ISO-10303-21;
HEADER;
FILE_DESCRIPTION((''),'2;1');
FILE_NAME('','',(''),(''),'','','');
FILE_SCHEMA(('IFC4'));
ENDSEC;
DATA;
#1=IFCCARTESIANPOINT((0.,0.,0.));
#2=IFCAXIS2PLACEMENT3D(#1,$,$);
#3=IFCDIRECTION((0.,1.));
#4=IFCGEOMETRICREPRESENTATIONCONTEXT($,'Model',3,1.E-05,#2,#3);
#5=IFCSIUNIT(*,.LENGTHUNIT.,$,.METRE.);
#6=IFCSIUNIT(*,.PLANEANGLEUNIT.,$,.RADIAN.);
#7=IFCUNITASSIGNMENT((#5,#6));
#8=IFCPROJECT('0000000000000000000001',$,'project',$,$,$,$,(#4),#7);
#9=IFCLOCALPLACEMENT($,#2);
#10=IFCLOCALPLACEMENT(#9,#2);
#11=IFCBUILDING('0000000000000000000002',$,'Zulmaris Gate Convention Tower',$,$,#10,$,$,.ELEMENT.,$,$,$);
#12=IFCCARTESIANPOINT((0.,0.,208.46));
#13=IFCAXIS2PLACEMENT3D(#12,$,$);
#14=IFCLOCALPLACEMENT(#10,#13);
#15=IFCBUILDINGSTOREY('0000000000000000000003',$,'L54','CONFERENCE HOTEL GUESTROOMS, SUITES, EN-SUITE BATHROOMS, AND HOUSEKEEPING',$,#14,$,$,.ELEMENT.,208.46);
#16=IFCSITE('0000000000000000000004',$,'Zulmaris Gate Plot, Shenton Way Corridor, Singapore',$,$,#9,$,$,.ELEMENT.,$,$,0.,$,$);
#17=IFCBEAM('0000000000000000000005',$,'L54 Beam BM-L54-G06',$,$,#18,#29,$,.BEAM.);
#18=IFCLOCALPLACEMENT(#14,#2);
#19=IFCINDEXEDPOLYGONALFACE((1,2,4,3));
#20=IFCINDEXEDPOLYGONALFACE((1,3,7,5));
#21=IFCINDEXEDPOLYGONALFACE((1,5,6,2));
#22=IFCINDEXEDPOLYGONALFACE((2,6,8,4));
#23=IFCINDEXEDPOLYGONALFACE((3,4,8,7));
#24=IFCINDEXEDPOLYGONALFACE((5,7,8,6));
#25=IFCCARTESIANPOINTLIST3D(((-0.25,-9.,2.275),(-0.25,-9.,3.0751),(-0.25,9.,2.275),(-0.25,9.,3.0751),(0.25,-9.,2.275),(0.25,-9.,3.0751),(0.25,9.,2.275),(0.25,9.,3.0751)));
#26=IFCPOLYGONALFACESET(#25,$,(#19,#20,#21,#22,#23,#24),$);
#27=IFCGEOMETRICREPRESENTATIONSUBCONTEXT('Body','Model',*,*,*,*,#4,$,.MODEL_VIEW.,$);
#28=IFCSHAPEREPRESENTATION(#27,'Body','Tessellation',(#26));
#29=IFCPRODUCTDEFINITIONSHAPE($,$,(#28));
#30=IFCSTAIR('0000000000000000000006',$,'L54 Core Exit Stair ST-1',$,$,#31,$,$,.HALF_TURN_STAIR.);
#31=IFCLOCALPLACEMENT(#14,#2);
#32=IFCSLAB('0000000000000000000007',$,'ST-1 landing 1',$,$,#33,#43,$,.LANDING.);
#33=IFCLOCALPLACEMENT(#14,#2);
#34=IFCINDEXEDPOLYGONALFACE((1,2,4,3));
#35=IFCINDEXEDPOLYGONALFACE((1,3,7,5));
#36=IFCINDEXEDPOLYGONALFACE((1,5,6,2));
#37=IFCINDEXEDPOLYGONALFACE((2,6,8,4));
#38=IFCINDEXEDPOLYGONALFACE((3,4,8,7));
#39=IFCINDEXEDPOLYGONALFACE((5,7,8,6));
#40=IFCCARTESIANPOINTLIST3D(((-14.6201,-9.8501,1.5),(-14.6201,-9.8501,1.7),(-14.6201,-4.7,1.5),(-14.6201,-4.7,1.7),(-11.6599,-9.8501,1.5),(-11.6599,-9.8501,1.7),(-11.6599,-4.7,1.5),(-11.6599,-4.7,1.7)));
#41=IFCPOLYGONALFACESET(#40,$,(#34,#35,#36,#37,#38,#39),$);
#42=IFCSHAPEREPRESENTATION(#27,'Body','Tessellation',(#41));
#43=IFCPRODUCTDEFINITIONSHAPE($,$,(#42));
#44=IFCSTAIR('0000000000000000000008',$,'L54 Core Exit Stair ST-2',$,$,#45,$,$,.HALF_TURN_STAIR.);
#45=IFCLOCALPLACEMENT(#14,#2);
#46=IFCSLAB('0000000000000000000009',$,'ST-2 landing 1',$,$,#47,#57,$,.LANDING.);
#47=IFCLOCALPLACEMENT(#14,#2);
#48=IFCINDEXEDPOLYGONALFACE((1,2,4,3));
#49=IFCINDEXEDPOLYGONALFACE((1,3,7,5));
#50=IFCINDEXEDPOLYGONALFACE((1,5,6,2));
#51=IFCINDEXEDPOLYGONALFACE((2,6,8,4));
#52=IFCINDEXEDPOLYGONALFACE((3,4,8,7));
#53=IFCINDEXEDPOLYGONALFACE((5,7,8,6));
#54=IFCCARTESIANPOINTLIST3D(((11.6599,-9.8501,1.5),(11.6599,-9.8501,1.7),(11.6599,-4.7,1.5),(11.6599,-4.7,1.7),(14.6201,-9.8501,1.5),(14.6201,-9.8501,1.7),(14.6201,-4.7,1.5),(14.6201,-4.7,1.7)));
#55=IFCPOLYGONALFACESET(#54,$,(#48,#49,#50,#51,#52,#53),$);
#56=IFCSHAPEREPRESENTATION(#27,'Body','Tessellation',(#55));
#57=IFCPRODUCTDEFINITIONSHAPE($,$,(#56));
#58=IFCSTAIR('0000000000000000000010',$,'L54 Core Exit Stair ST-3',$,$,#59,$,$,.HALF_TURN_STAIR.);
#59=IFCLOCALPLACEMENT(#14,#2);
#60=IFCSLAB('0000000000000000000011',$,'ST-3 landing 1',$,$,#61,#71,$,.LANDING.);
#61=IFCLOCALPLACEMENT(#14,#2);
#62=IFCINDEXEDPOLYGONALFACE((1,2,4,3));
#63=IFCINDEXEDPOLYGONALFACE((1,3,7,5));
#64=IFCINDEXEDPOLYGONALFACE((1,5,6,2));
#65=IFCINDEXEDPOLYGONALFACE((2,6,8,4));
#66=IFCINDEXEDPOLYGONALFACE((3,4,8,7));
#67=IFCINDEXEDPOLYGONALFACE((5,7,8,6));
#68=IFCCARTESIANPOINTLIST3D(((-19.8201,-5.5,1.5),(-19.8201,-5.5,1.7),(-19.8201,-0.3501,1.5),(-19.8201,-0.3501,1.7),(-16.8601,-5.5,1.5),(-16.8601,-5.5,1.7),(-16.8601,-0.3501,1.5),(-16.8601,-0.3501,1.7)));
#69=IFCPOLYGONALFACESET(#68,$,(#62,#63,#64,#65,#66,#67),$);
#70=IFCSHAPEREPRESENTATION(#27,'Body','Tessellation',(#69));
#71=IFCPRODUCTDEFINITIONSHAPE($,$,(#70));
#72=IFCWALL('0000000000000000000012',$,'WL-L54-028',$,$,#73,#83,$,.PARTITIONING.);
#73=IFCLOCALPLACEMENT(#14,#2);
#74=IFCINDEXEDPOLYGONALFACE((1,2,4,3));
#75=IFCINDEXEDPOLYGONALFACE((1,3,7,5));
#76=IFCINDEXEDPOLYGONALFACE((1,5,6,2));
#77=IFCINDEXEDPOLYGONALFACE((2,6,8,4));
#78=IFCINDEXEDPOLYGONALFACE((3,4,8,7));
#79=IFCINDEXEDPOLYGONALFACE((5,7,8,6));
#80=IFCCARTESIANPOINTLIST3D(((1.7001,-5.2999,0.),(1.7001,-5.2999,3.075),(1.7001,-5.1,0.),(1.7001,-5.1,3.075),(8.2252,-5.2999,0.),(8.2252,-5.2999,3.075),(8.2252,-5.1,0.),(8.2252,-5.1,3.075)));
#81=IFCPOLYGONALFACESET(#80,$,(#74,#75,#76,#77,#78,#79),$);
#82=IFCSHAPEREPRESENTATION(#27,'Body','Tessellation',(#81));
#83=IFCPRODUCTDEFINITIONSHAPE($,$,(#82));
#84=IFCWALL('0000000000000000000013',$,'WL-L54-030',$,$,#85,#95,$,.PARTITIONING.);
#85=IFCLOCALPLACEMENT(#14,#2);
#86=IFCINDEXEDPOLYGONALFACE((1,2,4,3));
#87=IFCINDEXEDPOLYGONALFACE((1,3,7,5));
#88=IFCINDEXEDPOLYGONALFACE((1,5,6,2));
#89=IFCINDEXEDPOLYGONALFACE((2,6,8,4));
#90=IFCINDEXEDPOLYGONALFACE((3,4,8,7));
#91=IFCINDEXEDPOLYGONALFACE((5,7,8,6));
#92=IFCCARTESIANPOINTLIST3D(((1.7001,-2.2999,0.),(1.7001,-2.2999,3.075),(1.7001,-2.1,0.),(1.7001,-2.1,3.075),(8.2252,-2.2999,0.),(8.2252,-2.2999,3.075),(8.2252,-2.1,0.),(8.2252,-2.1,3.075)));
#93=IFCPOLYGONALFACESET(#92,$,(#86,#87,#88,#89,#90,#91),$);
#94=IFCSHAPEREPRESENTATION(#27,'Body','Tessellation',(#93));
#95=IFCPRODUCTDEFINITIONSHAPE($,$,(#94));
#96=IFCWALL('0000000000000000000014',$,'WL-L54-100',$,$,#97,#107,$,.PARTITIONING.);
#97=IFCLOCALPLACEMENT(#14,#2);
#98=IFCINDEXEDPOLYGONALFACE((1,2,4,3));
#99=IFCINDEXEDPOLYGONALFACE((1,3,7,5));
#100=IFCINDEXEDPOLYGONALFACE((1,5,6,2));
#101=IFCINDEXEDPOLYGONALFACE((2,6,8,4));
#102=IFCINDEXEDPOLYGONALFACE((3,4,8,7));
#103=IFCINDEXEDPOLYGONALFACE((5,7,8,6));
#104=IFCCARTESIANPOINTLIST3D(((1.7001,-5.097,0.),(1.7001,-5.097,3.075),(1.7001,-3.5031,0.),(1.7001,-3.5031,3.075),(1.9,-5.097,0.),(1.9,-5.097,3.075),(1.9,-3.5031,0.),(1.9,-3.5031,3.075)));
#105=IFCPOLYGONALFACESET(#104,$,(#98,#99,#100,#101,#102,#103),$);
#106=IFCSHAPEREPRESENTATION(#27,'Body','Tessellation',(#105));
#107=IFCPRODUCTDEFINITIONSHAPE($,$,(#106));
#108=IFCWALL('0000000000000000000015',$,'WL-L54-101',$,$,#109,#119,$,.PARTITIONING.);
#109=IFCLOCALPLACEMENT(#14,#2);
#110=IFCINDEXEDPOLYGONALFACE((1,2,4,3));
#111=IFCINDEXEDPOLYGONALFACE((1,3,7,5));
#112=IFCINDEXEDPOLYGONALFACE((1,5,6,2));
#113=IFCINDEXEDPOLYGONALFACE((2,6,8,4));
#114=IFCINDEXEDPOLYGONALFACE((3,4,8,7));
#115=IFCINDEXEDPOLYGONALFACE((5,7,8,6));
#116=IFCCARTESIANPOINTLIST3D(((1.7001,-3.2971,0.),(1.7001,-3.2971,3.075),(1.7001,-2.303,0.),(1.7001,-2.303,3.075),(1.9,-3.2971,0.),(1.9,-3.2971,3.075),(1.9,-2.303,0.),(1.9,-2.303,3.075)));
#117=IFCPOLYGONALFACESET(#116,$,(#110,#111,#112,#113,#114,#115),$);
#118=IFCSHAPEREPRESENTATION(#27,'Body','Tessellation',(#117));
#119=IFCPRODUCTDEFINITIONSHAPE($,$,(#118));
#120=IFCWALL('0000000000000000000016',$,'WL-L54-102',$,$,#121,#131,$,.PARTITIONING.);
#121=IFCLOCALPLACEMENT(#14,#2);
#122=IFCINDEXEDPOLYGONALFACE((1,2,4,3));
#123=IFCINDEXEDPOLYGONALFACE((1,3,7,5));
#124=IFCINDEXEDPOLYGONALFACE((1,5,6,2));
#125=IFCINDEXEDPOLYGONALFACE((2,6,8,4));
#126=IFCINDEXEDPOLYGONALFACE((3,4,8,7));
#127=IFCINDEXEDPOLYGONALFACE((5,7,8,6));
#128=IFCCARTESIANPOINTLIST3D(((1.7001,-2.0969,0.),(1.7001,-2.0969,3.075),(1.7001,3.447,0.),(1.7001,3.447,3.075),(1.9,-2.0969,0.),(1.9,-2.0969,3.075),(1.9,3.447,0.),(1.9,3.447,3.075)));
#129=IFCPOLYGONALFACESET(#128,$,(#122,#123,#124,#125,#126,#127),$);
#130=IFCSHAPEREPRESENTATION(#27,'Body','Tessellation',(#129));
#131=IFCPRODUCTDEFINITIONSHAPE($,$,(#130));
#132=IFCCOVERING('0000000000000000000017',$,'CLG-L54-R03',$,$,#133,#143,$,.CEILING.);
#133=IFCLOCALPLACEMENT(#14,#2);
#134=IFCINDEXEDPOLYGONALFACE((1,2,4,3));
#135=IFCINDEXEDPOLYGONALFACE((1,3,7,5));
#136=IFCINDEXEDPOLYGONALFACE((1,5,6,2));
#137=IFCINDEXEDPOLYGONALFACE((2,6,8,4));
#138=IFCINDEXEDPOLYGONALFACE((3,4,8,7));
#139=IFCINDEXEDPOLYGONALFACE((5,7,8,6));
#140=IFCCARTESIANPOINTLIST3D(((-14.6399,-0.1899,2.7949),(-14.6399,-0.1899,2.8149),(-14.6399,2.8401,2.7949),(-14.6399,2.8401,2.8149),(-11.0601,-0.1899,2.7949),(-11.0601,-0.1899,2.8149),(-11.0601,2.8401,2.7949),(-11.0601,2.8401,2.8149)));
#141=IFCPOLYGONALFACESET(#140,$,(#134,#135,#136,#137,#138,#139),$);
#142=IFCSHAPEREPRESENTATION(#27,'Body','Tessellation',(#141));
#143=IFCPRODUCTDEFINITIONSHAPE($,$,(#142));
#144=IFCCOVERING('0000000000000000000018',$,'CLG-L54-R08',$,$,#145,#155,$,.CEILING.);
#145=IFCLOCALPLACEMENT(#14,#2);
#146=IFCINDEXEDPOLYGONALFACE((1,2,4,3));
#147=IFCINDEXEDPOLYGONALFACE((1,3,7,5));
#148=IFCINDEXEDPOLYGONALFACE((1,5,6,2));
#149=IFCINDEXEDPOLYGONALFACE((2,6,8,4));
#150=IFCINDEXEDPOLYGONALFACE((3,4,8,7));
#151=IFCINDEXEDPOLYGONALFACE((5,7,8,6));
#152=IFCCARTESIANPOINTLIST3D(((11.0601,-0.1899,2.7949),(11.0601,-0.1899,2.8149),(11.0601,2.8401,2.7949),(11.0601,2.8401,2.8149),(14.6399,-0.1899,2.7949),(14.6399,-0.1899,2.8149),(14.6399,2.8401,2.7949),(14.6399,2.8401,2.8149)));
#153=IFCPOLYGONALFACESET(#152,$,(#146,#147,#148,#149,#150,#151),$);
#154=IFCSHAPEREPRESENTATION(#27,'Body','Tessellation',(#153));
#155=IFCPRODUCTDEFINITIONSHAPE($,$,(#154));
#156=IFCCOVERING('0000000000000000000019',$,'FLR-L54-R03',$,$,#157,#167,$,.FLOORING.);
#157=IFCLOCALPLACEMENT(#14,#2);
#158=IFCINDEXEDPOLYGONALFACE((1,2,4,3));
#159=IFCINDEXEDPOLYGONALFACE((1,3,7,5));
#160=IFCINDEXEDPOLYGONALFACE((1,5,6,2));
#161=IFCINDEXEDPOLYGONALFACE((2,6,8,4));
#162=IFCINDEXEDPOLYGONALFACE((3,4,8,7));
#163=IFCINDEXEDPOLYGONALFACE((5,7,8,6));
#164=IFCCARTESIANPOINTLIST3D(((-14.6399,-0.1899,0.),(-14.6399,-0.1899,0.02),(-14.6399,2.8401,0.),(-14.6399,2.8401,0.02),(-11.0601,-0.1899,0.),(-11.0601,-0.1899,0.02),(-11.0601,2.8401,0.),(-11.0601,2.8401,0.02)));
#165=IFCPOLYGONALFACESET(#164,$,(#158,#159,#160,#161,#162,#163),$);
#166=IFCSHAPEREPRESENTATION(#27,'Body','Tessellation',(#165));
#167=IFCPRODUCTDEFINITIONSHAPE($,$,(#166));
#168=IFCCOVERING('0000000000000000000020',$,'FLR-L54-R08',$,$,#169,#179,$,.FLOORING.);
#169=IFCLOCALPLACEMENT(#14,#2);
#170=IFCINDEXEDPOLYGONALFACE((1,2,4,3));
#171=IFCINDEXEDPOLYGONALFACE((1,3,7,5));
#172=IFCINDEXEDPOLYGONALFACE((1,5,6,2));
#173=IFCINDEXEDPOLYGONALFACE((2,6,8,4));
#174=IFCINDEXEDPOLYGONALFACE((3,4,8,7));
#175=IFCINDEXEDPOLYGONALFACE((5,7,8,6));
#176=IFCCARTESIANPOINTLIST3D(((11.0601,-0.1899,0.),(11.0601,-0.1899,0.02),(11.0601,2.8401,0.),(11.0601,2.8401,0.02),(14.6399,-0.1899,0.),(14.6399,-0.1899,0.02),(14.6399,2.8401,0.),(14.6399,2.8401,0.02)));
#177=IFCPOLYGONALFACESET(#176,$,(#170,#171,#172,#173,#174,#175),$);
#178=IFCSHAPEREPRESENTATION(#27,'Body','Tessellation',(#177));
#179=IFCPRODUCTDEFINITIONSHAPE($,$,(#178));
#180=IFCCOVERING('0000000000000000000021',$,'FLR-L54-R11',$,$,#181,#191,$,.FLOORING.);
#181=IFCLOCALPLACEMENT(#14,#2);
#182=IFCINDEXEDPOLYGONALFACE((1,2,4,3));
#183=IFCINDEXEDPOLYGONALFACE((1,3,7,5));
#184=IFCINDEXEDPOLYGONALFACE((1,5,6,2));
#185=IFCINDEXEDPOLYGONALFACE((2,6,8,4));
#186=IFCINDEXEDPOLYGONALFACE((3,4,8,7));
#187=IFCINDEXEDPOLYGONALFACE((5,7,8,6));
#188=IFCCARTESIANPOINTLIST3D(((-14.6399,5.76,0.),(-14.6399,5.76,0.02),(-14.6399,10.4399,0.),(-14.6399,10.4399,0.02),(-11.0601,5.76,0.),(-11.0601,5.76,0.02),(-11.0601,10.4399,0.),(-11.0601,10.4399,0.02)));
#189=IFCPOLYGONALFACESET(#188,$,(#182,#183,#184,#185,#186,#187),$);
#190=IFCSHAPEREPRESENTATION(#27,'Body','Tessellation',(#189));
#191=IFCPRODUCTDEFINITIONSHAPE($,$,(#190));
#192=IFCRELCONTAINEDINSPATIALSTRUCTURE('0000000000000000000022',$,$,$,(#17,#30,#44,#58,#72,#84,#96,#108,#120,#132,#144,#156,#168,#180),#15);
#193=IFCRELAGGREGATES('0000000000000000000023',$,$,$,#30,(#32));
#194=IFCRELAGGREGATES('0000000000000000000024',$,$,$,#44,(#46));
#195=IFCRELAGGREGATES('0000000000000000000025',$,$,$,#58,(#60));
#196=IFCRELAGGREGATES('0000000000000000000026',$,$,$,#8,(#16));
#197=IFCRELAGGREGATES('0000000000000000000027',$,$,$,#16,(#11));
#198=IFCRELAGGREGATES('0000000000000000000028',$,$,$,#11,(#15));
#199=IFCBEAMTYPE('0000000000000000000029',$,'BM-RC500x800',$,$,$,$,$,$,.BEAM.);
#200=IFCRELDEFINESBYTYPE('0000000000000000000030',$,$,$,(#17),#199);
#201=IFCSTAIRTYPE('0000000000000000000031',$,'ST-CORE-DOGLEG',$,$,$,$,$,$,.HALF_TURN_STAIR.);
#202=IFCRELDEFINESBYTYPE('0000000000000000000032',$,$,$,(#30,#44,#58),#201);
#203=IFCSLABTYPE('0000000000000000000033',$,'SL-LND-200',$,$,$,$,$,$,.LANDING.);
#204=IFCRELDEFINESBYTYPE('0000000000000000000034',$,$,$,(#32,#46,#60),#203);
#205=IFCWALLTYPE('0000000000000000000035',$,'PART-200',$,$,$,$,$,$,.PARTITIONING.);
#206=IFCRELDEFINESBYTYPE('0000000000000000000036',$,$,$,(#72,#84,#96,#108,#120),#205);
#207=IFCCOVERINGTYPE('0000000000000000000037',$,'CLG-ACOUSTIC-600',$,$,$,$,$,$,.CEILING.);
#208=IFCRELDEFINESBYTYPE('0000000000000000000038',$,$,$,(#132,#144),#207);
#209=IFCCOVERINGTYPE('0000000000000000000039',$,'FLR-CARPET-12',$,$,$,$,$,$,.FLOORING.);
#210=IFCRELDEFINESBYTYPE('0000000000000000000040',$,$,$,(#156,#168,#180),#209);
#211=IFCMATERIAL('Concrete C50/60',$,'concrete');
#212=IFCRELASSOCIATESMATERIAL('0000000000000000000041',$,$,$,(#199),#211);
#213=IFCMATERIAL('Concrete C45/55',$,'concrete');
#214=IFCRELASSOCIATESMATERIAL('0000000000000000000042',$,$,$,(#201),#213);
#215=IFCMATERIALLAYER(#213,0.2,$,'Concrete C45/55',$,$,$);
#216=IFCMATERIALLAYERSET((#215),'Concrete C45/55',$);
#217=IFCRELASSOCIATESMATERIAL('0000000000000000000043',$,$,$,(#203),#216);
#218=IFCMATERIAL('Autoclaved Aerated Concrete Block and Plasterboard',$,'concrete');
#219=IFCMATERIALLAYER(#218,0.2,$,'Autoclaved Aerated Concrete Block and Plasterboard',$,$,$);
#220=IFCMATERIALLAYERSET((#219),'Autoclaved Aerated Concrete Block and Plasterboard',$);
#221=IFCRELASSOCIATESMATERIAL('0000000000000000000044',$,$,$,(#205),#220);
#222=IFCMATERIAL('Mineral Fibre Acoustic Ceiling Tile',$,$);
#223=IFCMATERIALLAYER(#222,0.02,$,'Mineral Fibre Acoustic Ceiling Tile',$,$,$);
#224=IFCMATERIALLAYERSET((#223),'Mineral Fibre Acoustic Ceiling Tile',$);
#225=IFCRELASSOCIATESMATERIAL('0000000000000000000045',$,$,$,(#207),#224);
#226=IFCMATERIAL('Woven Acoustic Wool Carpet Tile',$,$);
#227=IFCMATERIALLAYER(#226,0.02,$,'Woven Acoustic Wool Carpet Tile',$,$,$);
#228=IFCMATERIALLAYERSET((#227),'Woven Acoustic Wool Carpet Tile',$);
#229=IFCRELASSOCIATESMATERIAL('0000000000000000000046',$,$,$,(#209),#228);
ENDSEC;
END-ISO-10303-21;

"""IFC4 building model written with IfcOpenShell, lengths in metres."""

from ifc_helpers import new_model, si_unit, direction, frame, frame_2d, origin, origin_2d, place, context, subcontext, project, spatial, polyline, rectangle, outline, extrude, material, layer, layer_set, material_profile, profile_set, type_object, element, aggregate, save


model = new_model("IFC4")

# Units and contexts
model_context = context("Model", 3, precision=1e-05, world=origin(), true_north=direction((0.0, 1.0)))
body_context = subcontext(model_context, "Body", "Model", "MODEL_VIEW")
ifc_project = project(units=[si_unit("LENGTHUNIT", "METRE"), si_unit("PLANEANGLEUNIT", "RADIAN")], contexts=[model_context])

# Site, building, storey
site_placement = place(None, origin())
site = spatial("IfcSite", under=ifc_project, at=site_placement, Name="Zulmaris Gate Plot, Shenton Way Corridor, Singapore", CompositionType="ELEMENT", RefElevation=0.0)
building_placement = place(site_placement, origin())
building = spatial("IfcBuilding", under=site, at=building_placement, Name="Zulmaris Gate Convention Tower", CompositionType="ELEMENT")
storey_placement = place(building_placement, frame((0.0, 0.0, 208.46)))
storey = spatial("IfcBuildingStorey", under=building, at=storey_placement, Name="L54", Description="CONFERENCE HOTEL GUESTROOMS, SUITES, EN-SUITE BATHROOMS, AND HOUSEKEEPING", CompositionType="ELEMENT", Elevation=208.46)

# Beam
ifc_material_1 = material(Name="Concrete C50/60", Category="concrete")
ifc_material_profile = material_profile(ifc_material_1, rectangle(XDim=0.5, YDim=0.8, at=origin_2d()), Name="RC BEAM 500x800")
ifc_profile_set = profile_set([ifc_material_profile], Name="Concrete C50/60")
beam_type = type_object("IfcBeamType", Name="BM-RC500x800", PredefinedType="BEAM", material=ifc_profile_set)
beam_placement = place(storey_placement, frame((0.0, -9.0, 2.675), z_axis=(0.0, 1.0, 0.0), x_axis=(-1.0, 0.0, 0.0)))
element("IfcBeam", 1, at=beam_placement, inside=storey, type_object=beam_type, Name="L54 Beam BM-L54-G06", PredefinedType="BEAM", context=body_context, shape_type="SweptSolid", body=[
    extrude(rectangle(XDim=0.5, YDim=0.8, at=origin_2d()), origin(), (0.0, 0.0, 1.0), 18.0),
])

# Stairs, slabs
ifc_material_2 = material(Name="Concrete C45/55", Category="concrete")
stair_type = type_object("IfcStairType", Name="ST-CORE-DOGLEG", PredefinedType="HALF_TURN_STAIR", material=ifc_material_2)
stair_1_placement = place(storey_placement, origin())
stair_1 = element("IfcStair", 2, at=stair_1_placement, inside=storey, type_object=stair_type, Name="L54 Core Exit Stair ST-1", PredefinedType="HALF_TURN_STAIR")
ifc_layer_1 = layer(ifc_material_2, 0.2, Name="Concrete C45/55")
ifc_layer_set_1 = layer_set([ifc_layer_1], Name="Concrete C45/55")
slab_type = type_object("IfcSlabType", Name="SL-LND-200", PredefinedType="LANDING", material=ifc_layer_set_1)
slab_1_placement = place(storey_placement, frame((0.0, 0.0, 1.5)))
slab_1 = element("IfcSlab", 3, at=slab_1_placement, type_object=slab_type, Name="ST-1 landing 1", PredefinedType="LANDING", context=body_context, shape_type="SweptSolid", body=[
    extrude(outline(polyline([(-14.6201, -4.7), (-14.6201, -9.8501), (-11.6599, -9.8501), (-11.6599, -4.7), (-14.6201, -4.7)])), origin(), (0.0, 0.0, 1.0), 0.2),
])
aggregate(stair_1, [slab_1])
stair_2_placement = place(storey_placement, origin())
stair_2 = element("IfcStair", 4, at=stair_2_placement, inside=storey, type_object=stair_type, Name="L54 Core Exit Stair ST-2", PredefinedType="HALF_TURN_STAIR")
slab_2_placement = place(storey_placement, frame((0.0, 0.0, 1.5)))
slab_2 = element("IfcSlab", 5, at=slab_2_placement, type_object=slab_type, Name="ST-2 landing 1", PredefinedType="LANDING", context=body_context, shape_type="SweptSolid", body=[
    extrude(outline(polyline([(11.6599, -4.7), (11.6599, -9.8501), (14.6201, -9.8501), (14.6201, -4.7), (11.6599, -4.7)])), origin(), (0.0, 0.0, 1.0), 0.2),
])
aggregate(stair_2, [slab_2])
stair_3_placement = place(storey_placement, origin())
stair_3 = element("IfcStair", 6, at=stair_3_placement, inside=storey, type_object=stair_type, Name="L54 Core Exit Stair ST-3", PredefinedType="HALF_TURN_STAIR")
slab_3_placement = place(storey_placement, frame((0.0, 0.0, 1.5)))
slab_3 = element("IfcSlab", 7, at=slab_3_placement, type_object=slab_type, Name="ST-3 landing 1", PredefinedType="LANDING", context=body_context, shape_type="SweptSolid", body=[
    extrude(outline(polyline([(-16.8601, -5.5), (-16.8601, -0.3501), (-19.8201, -0.3501), (-19.8201, -5.5), (-16.8601, -5.5)])), origin(), (0.0, 0.0, 1.0), 0.2),
])
aggregate(stair_3, [slab_3])

# Walls
ifc_material_3 = material(Name="Autoclaved Aerated Concrete Block and Plasterboard", Category="concrete")
ifc_layer_2 = layer(ifc_material_3, 0.2, Name="Autoclaved Aerated Concrete Block and Plasterboard")
ifc_layer_set_2 = layer_set([ifc_layer_2], Name="Autoclaved Aerated Concrete Block and Plasterboard")
wall_type = type_object("IfcWallType", Name="PART-200", PredefinedType="PARTITIONING", material=ifc_layer_set_2)
for number, where, z_axis, x_axis, name in (
    (8, (1.7, -5.2, 0.0), (0.0, 0.0, 1.0), (1.0, 0.0, 0.0), "WL-L54-028"),
    (9, (1.7, -2.2, 0.0), (0.0, 0.0, 1.0), (1.0, 0.0, 0.0), "WL-L54-030"),
):
    element("IfcWall", number, at=place(storey_placement, frame(where, z_axis=z_axis, x_axis=x_axis)), inside=storey, type_object=wall_type, Name=name, PredefinedType="PARTITIONING", context=body_context, shape_type="SweptSolid", body=[
        extrude(rectangle(XDim=6.5251, YDim=0.2, at=frame_2d((3.2627, 0.0))), origin(), (0.0, 0.0, 1.0), 3.075),
    ])
wall_1_placement = place(storey_placement, frame((1.8, -5.0969, 0.0), z_axis=(0.0, 0.0, 1.0), x_axis=(0.0, 1.0, 0.0)))
element("IfcWall", 10, at=wall_1_placement, inside=storey, type_object=wall_type, Name="WL-L54-100", PredefinedType="PARTITIONING", context=body_context, shape_type="SweptSolid", body=[
    extrude(rectangle(XDim=1.594, YDim=0.2, at=frame_2d((0.7969, 0.0))), origin(), (0.0, 0.0, 1.0), 3.075),
])
wall_2_placement = place(storey_placement, frame((1.8, -3.2971, 0.0), z_axis=(0.0, 0.0, 1.0), x_axis=(0.0, 1.0, 0.0)))
element("IfcWall", 11, at=wall_2_placement, inside=storey, type_object=wall_type, Name="WL-L54-101", PredefinedType="PARTITIONING", context=body_context, shape_type="SweptSolid", body=[
    extrude(rectangle(XDim=0.9941, YDim=0.2, at=frame_2d((0.4971, 0.0))), origin(), (0.0, 0.0, 1.0), 3.075),
])
wall_3_placement = place(storey_placement, frame((1.8, -2.0969, 0.0), z_axis=(0.0, 0.0, 1.0), x_axis=(0.0, 1.0, 0.0)))
element("IfcWall", 12, at=wall_3_placement, inside=storey, type_object=wall_type, Name="WL-L54-102", PredefinedType="PARTITIONING", context=body_context, shape_type="SweptSolid", body=[
    extrude(rectangle(XDim=5.5439, YDim=0.2, at=frame_2d((2.772, 0.0))), origin(), (0.0, 0.0, 1.0), 3.075),
])

# Coverings
ifc_material_4 = material(Name="Mineral Fibre Acoustic Ceiling Tile")
ifc_layer_3 = layer(ifc_material_4, 0.02, Name="Mineral Fibre Acoustic Ceiling Tile")
ifc_layer_set_3 = layer_set([ifc_layer_3], Name="Mineral Fibre Acoustic Ceiling Tile")
covering_type_1 = type_object("IfcCoveringType", Name="CLG-ACOUSTIC-600", PredefinedType="CEILING", material=ifc_layer_set_3)
covering_1_placement = place(storey_placement, frame((0.0, 0.0, 2.7949)))
element("IfcCovering", 13, at=covering_1_placement, inside=storey, type_object=covering_type_1, Name="CLG-L54-R03", PredefinedType="CEILING", context=body_context, shape_type="SweptSolid", body=[
    extrude(outline(polyline([(-14.6399, -0.1899), (-11.0601, -0.1899), (-11.0601, 2.8401), (-14.6399, 2.8401), (-14.6399, -0.1899)])), origin(), (0.0, 0.0, 1.0), 0.02),
])
covering_2_placement = place(storey_placement, frame((0.0, 0.0, 2.7949)))
element("IfcCovering", 14, at=covering_2_placement, inside=storey, type_object=covering_type_1, Name="CLG-L54-R08", PredefinedType="CEILING", context=body_context, shape_type="SweptSolid", body=[
    extrude(outline(polyline([(11.0601, -0.1899), (14.6399, -0.1899), (14.6399, 2.8401), (11.0601, 2.8401), (11.0601, -0.1899)])), origin(), (0.0, 0.0, 1.0), 0.02),
])
ifc_material_5 = material(Name="Woven Acoustic Wool Carpet Tile")
ifc_layer_4 = layer(ifc_material_5, 0.02, Name="Woven Acoustic Wool Carpet Tile")
ifc_layer_set_4 = layer_set([ifc_layer_4], Name="Woven Acoustic Wool Carpet Tile")
covering_type_2 = type_object("IfcCoveringType", Name="FLR-CARPET-12", PredefinedType="FLOORING", material=ifc_layer_set_4)
covering_3_placement = place(storey_placement, origin())
element("IfcCovering", 15, at=covering_3_placement, inside=storey, type_object=covering_type_2, Name="FLR-L54-R03", PredefinedType="FLOORING", context=body_context, shape_type="SweptSolid", body=[
    extrude(outline(polyline([(-14.6399, -0.1899), (-11.0601, -0.1899), (-11.0601, 2.8401), (-14.6399, 2.8401), (-14.6399, -0.1899)])), origin(), (0.0, 0.0, 1.0), 0.02),
])
covering_4_placement = place(storey_placement, origin())
element("IfcCovering", 16, at=covering_4_placement, inside=storey, type_object=covering_type_2, Name="FLR-L54-R08", PredefinedType="FLOORING", context=body_context, shape_type="SweptSolid", body=[
    extrude(outline(polyline([(11.0601, -0.1899), (14.6399, -0.1899), (14.6399, 2.8401), (11.0601, 2.8401), (11.0601, -0.1899)])), origin(), (0.0, 0.0, 1.0), 0.02),
])
covering_5_placement = place(storey_placement, origin())
element("IfcCovering", 17, at=covering_5_placement, inside=storey, type_object=covering_type_2, Name="FLR-L54-R11", PredefinedType="FLOORING", context=body_context, shape_type="SweptSolid", body=[
    extrude(outline(polyline([(-14.6399, 5.76), (-11.0601, 5.76), (-11.0601, 10.4399), (-14.6399, 10.4399), (-14.6399, 5.76)])), origin(), (0.0, 0.0, 1.0), 0.02),
])

save(model, "model.ifc")
